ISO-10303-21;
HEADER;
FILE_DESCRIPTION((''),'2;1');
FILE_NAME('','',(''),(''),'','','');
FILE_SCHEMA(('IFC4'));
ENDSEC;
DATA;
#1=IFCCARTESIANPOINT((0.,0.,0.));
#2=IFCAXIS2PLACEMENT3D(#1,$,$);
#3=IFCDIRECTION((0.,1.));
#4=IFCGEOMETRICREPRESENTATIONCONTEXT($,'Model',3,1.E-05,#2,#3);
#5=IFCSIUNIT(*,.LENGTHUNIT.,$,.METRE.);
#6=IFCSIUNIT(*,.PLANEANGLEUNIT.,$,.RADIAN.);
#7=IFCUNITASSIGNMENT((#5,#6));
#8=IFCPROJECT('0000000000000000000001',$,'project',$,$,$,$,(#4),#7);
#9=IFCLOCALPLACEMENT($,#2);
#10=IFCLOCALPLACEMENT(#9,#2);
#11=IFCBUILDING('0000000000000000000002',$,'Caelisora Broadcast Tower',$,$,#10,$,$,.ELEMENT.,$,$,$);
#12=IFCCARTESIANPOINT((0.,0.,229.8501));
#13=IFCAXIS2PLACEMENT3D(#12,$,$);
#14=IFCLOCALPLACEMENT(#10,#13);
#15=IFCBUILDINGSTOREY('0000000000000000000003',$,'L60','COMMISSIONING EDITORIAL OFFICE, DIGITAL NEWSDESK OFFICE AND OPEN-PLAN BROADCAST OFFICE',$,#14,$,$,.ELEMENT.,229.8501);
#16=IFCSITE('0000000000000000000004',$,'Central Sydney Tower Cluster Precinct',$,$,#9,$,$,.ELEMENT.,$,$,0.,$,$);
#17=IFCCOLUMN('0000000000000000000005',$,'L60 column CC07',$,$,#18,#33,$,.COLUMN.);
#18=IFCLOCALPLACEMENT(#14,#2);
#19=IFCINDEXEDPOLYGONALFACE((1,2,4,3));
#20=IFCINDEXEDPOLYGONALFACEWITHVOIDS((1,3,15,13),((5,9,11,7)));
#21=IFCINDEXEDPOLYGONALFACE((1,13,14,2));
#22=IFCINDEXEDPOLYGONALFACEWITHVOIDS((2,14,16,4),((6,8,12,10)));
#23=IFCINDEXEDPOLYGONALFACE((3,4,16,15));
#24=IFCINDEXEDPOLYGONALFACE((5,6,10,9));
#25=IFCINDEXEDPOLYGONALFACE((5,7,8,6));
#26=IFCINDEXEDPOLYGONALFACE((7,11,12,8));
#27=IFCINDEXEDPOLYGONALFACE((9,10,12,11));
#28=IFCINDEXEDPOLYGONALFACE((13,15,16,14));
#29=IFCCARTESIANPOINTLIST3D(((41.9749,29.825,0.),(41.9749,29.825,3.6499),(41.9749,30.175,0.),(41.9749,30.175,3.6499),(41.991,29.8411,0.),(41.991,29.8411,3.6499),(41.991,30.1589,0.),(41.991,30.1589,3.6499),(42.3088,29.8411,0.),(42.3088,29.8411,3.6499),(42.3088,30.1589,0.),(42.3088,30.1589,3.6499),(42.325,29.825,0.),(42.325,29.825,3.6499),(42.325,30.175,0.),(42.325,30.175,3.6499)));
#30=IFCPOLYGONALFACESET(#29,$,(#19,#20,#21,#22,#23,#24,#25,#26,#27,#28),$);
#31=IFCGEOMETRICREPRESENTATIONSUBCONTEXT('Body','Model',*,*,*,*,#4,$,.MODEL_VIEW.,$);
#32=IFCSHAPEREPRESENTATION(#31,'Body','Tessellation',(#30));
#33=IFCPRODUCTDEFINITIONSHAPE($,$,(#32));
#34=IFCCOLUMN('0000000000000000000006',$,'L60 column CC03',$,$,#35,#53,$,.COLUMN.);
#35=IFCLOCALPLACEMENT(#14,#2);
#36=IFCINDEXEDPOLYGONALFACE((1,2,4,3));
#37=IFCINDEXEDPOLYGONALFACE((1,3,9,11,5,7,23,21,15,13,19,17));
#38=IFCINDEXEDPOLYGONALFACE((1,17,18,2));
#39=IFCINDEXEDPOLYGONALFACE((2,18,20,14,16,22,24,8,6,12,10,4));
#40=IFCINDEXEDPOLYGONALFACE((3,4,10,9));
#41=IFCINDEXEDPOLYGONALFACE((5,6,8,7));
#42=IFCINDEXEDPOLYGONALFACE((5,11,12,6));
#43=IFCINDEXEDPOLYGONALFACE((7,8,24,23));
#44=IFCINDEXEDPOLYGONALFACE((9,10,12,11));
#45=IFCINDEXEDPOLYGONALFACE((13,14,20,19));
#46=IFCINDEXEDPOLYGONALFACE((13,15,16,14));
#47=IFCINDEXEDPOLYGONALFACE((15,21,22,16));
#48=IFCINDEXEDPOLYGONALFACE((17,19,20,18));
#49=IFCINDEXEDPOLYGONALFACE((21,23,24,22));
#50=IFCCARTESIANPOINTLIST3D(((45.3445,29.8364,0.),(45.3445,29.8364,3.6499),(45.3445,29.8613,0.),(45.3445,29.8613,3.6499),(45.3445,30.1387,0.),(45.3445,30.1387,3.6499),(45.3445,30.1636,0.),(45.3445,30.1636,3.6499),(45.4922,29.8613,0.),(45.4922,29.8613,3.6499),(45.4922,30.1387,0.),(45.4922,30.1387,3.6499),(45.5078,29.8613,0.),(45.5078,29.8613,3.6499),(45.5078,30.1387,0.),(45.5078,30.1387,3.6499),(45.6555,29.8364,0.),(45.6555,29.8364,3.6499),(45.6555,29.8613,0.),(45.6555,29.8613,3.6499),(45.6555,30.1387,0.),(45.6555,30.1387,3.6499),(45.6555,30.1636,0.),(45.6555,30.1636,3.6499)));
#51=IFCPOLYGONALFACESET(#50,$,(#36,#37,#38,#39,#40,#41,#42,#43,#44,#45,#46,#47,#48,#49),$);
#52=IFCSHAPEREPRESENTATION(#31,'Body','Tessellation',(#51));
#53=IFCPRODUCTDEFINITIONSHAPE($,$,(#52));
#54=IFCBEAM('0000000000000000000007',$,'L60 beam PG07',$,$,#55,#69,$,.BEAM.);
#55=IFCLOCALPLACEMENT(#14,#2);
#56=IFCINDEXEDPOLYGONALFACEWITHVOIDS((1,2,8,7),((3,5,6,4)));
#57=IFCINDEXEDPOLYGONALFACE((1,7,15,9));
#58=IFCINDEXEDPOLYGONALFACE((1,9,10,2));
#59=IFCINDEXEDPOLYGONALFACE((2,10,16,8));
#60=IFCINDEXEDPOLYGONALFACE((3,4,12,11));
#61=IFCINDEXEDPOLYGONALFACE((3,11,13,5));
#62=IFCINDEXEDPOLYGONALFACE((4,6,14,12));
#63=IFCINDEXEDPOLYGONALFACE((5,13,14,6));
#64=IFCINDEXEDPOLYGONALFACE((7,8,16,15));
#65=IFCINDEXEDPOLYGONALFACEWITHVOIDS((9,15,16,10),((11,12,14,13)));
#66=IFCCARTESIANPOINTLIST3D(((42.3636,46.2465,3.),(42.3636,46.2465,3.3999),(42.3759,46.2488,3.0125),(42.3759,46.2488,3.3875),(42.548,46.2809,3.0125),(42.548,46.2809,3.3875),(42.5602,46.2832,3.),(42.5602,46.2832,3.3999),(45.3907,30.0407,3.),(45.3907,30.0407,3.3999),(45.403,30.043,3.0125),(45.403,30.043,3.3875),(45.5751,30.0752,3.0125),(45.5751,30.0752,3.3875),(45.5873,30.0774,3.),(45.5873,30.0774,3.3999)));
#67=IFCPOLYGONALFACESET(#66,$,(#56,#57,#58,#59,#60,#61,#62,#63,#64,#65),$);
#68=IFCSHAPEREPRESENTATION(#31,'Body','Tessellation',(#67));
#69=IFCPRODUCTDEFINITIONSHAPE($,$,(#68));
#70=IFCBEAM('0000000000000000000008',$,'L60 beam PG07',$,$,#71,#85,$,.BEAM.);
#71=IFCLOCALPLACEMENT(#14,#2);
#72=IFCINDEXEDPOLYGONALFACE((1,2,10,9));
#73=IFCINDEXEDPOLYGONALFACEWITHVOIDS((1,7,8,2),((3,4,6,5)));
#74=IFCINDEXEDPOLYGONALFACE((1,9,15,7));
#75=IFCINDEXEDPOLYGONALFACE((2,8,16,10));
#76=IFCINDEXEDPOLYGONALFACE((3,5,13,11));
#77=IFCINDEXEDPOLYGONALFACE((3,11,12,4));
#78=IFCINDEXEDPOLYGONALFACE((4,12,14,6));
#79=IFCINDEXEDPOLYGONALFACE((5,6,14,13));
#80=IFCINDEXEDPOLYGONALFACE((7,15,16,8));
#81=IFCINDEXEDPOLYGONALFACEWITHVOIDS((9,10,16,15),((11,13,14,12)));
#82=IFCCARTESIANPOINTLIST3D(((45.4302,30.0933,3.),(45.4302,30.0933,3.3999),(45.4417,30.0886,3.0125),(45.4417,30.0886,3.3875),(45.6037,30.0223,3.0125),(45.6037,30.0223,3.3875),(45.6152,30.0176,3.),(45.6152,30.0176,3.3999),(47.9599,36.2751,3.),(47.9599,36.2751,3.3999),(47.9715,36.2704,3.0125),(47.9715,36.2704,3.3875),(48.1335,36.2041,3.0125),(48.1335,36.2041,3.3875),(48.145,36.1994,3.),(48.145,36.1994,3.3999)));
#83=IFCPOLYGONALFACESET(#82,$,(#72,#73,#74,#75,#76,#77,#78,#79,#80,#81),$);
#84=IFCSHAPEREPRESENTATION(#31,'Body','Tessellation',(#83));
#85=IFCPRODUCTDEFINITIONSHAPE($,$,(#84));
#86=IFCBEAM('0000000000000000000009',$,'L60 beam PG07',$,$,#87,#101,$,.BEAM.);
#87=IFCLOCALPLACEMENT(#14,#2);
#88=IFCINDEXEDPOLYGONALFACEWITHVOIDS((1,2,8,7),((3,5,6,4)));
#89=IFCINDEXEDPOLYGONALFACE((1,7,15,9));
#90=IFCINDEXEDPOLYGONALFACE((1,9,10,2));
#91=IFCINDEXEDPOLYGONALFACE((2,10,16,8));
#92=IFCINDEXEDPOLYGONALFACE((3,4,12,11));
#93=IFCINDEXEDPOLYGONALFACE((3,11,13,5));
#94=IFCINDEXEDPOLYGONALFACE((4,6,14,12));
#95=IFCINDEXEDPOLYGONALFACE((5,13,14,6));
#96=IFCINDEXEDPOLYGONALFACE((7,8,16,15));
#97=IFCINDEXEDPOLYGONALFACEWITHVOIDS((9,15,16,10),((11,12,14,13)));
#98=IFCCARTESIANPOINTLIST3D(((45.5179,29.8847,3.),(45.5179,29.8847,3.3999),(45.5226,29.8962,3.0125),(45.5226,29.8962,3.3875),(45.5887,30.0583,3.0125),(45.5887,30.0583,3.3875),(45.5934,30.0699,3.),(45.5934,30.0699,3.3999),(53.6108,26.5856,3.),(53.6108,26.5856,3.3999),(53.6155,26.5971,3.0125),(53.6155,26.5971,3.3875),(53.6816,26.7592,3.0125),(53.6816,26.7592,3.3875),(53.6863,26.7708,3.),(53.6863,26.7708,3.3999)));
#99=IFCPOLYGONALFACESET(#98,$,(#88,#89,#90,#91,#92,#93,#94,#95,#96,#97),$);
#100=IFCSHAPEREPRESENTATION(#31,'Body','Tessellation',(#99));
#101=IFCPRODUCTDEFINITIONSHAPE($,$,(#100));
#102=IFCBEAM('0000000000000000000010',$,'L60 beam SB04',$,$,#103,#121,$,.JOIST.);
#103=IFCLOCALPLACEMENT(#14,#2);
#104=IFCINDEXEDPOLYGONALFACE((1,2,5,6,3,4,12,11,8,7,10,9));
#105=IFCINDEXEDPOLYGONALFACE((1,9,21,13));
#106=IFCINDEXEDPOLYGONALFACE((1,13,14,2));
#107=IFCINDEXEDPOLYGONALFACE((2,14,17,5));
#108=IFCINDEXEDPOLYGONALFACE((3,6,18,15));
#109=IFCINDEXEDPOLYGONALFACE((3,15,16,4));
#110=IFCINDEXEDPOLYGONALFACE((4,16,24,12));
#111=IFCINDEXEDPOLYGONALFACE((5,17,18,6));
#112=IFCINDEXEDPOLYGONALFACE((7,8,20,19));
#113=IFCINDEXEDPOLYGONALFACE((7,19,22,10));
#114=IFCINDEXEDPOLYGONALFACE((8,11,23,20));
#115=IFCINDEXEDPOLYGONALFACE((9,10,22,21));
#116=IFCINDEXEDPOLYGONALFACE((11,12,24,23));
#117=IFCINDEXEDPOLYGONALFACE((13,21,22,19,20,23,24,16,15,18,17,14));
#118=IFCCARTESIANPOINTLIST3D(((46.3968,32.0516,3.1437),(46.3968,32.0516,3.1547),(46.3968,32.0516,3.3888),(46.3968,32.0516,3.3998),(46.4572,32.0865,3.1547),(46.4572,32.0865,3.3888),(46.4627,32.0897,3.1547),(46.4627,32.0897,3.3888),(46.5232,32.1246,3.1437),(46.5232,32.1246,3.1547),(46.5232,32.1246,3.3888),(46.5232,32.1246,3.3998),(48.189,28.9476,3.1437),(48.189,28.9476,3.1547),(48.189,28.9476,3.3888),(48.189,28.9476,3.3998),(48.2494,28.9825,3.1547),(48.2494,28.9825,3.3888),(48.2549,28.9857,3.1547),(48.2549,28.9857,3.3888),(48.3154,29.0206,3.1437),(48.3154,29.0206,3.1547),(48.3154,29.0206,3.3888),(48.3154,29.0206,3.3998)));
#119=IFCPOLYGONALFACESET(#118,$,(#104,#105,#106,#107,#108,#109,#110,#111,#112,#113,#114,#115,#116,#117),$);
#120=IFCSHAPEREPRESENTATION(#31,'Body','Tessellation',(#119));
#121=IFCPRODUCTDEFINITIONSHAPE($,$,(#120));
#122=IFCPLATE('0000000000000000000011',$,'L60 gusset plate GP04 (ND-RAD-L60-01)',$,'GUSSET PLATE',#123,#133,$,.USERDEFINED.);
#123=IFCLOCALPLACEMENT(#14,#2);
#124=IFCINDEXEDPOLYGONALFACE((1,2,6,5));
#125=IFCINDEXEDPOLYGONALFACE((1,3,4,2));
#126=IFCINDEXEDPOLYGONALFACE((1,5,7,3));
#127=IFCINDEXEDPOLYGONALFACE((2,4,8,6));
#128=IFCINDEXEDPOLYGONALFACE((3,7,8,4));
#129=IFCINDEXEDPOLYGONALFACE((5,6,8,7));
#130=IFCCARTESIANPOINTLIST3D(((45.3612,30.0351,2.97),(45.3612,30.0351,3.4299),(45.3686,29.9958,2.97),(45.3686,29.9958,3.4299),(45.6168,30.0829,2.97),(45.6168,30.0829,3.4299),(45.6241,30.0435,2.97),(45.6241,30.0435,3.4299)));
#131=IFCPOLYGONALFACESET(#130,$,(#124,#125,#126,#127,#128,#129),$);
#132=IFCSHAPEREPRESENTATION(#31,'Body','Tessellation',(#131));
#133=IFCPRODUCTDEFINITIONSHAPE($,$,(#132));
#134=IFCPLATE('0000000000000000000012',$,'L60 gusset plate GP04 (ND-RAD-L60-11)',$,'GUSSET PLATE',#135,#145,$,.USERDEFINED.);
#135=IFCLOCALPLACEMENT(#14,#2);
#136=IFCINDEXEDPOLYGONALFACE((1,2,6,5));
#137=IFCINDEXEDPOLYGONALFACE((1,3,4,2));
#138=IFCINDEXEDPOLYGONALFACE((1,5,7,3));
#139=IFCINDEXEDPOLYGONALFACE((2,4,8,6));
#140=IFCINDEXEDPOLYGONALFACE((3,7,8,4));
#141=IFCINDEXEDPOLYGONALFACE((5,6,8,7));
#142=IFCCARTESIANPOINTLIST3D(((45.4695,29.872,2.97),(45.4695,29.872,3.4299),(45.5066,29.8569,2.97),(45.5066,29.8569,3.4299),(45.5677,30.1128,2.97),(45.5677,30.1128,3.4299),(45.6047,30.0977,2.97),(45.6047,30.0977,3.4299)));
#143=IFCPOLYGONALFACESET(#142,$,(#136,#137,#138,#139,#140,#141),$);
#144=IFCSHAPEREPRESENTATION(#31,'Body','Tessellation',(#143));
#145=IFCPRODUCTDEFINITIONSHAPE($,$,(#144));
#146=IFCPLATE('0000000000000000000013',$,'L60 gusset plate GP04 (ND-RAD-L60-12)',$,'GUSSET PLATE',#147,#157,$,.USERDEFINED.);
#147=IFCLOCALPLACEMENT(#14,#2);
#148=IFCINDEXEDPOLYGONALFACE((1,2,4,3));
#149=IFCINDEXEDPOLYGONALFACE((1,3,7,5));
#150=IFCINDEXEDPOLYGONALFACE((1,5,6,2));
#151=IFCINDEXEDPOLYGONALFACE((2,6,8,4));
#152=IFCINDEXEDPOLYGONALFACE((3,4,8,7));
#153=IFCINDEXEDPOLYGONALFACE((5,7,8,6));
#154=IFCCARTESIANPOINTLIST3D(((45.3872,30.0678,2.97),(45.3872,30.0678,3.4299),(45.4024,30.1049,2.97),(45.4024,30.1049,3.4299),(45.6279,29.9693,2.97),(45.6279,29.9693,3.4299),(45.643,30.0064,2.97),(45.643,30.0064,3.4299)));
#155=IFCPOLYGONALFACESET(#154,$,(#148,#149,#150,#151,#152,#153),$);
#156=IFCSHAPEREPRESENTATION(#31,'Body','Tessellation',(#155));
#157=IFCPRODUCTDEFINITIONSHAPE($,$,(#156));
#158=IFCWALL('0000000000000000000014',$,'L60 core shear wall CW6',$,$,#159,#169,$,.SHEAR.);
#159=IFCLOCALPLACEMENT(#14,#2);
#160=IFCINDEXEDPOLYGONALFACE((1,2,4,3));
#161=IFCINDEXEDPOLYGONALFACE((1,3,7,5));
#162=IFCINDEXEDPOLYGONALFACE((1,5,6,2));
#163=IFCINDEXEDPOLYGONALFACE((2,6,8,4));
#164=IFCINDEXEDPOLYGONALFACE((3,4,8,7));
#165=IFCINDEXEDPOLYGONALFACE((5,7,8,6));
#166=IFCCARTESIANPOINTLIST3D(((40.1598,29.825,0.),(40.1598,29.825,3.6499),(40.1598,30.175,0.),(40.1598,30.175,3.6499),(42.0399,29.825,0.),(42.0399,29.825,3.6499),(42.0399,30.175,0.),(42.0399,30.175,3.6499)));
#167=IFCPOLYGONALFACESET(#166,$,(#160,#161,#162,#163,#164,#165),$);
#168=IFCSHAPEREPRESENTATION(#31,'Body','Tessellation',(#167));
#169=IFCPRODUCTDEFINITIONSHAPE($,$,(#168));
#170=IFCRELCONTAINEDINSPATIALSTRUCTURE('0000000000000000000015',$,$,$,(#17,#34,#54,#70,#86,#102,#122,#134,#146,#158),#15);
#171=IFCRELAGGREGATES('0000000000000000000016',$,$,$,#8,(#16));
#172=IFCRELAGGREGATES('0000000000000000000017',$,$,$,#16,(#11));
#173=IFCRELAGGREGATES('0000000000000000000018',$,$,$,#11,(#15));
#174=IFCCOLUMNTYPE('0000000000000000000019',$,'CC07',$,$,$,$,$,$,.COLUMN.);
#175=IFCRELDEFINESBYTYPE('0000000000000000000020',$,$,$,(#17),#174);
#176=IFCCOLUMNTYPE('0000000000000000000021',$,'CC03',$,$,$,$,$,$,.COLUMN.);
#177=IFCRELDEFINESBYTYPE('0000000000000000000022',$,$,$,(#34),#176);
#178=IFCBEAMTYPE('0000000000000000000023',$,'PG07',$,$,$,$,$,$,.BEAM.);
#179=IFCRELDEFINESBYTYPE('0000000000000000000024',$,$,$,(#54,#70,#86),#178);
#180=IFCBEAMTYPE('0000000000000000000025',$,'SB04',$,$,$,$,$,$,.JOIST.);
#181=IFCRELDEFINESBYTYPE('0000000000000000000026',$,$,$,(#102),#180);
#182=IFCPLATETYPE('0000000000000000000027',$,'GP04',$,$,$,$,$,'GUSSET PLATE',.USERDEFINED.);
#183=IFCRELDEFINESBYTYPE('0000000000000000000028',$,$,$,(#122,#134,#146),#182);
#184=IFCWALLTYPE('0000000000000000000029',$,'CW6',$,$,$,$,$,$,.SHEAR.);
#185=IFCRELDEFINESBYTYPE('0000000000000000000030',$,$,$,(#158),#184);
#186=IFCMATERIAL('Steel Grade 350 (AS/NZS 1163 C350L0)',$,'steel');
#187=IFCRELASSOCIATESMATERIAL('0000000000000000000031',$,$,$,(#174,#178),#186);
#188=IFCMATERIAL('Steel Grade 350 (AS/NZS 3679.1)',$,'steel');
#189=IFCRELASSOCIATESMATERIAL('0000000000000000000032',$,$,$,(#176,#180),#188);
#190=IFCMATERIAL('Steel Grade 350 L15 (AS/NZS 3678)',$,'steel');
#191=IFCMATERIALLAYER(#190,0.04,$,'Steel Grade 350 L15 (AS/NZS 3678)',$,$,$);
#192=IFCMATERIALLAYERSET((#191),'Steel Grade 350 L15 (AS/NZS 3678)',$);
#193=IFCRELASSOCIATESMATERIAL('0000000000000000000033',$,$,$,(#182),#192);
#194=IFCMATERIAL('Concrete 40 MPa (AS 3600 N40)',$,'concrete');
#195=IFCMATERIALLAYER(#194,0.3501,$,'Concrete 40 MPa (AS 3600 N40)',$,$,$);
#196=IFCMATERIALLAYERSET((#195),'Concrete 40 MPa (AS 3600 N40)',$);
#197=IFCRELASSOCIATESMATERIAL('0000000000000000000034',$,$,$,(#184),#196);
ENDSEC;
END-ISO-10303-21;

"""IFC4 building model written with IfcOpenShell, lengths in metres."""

from ifc_helpers import new_model, si_unit, direction, frame, frame_2d, origin, origin_2d, place, context, subcontext, project, spatial, rectangle, hollow_rectangle, i_section, extrude, source, transform, mapped, material, layer, layer_set, material_profile, profile_set, type_object, type_shapes, element, save


model = new_model("IFC4")

# Units and contexts
model_context = context("Model", 3, precision=1e-05, world=origin(), true_north=direction((0.0, 1.0)))
body_context = subcontext(model_context, "Body", "Model", "MODEL_VIEW")
ifc_project = project(units=[si_unit("LENGTHUNIT", "METRE"), si_unit("PLANEANGLEUNIT", "RADIAN")], contexts=[model_context])

# Site, building, storey
site_placement = place(None, origin())
site = spatial("IfcSite", under=ifc_project, at=site_placement, Name="Central Sydney Tower Cluster Precinct", CompositionType="ELEMENT", RefElevation=0.0)
building_placement = place(site_placement, origin())
building = spatial("IfcBuilding", under=site, at=building_placement, Name="Caelisora Broadcast Tower", CompositionType="ELEMENT")
storey_placement = place(building_placement, frame((0.0, 0.0, 229.8501)))
storey = spatial("IfcBuildingStorey", under=building, at=storey_placement, Name="L60", Description="COMMISSIONING EDITORIAL OFFICE, DIGITAL NEWSDESK OFFICE AND OPEN-PLAN BROADCAST OFFICE", CompositionType="ELEMENT", Elevation=229.8501)

# Columns
ifc_material_1 = material(Name="Steel Grade 350 (AS/NZS 1163 C350L0)", Category="steel")
ifc_material_profile_1 = material_profile(ifc_material_1, hollow_rectangle(XDim=0.3501, YDim=0.3501, WallThickness=0.0161, at=origin_2d()), Name="Steel Grade 350 (AS/NZS 1163 C350L0)")
ifc_profile_set_1 = profile_set([ifc_material_profile_1], Name="Steel Grade 350 (AS/NZS 1163 C350L0)")
column_type_1 = type_object("IfcColumnType", Name="CC07", PredefinedType="COLUMN", material=ifc_profile_set_1)
shared_shape_1 = source(origin(), body_context, "Body", "SweptSolid", [
    extrude(hollow_rectangle(XDim=0.3501, YDim=0.3501, WallThickness=0.0161, at=origin_2d()), origin(), (0.0, 0.0, 1.0), 3.6499),
])
type_shapes(column_type_1, [shared_shape_1])
column_1_placement = place(storey_placement, frame((42.1499, 30.0, 0.0), z_axis=(0.0, 0.0, 1.0), x_axis=(1.0, 0.0, 0.0)))
element("IfcColumn", 1, at=column_1_placement, inside=storey, type_object=column_type_1, Name="L60 column CC07", PredefinedType="COLUMN", context=body_context, shape_type="MappedRepresentation", body=[
    mapped(shared_shape_1, transform((0.0, 0.0, 0.0), scale=1.0)),
])
ifc_material_2 = material(Name="Steel Grade 350 (AS/NZS 3679.1)", Category="steel")
ifc_material_profile_2 = material_profile(ifc_material_2, i_section(OverallWidth=0.311, OverallDepth=0.3271, WebThickness=0.0156, FlangeThickness=0.0249, at=origin_2d()), Name="Steel Grade 350 (AS/NZS 3679.1)")
ifc_profile_set_2 = profile_set([ifc_material_profile_2], Name="Steel Grade 350 (AS/NZS 3679.1)")
column_type_2 = type_object("IfcColumnType", Name="CC03", PredefinedType="COLUMN", material=ifc_profile_set_2)
shared_shape_2 = source(origin(), body_context, "Body", "SweptSolid", [
    extrude(i_section(OverallWidth=0.311, OverallDepth=0.3271, WebThickness=0.0156, FlangeThickness=0.0249, at=origin_2d()), origin(), (0.0, 0.0, 1.0), 3.6499),
])
type_shapes(column_type_2, [shared_shape_2])
column_2_placement = place(storey_placement, frame((45.5, 30.0, 0.0), z_axis=(0.0, 0.0, 1.0), x_axis=(1.0, 0.0, 0.0)))
element("IfcColumn", 2, at=column_2_placement, inside=storey, type_object=column_type_2, Name="L60 column CC03", PredefinedType="COLUMN", context=body_context, shape_type="MappedRepresentation", body=[
    mapped(shared_shape_2, transform((0.0, 0.0, 0.0), scale=1.0)),
])

# Beams
ifc_material_profile_3 = material_profile(ifc_material_1, hollow_rectangle(XDim=0.2, YDim=0.3999, WallThickness=0.0125, at=origin_2d()), Name="Steel Grade 350 (AS/NZS 1163 C350L0)")
ifc_profile_set_3 = profile_set([ifc_material_profile_3], Name="Steel Grade 350 (AS/NZS 1163 C350L0)")
beam_type_1 = type_object("IfcBeamType", Name="PG07", PredefinedType="BEAM", material=ifc_profile_set_3)
shared_shape_3 = source(origin(), body_context, "Body", "SweptSolid", [
    extrude(hollow_rectangle(XDim=0.2, YDim=0.3999, WallThickness=0.0125, at=origin_2d()), origin(), (0.0, 0.0, 1.0), 16.4861),
])
beam_1_placement = place(storey_placement, frame((45.489, 30.0591, 3.2), z_axis=(-0.183615, 0.982998, 0.0), x_axis=(-0.982998, -0.183615, 0.0)))
element("IfcBeam", 3, at=beam_1_placement, inside=storey, type_object=beam_type_1, Name="L60 beam PG07", PredefinedType="BEAM", context=body_context, shape_type="MappedRepresentation", body=[
    mapped(shared_shape_3, transform((0.0, 0.0, 0.0), scale=1.0)),
])
shared_shape_4 = source(origin(), body_context, "Body", "SweptSolid", [
    extrude(hollow_rectangle(XDim=0.2, YDim=0.3999, WallThickness=0.0125, at=origin_2d()), origin(), (0.0, 0.0, 1.0), 6.6794),
])
beam_2_placement = place(storey_placement, frame((45.5227, 30.0554, 3.2), z_axis=(0.37874, 0.925503, 0.0), x_axis=(-0.925503, 0.37874, 0.0)))
element("IfcBeam", 4, at=beam_2_placement, inside=storey, type_object=beam_type_1, Name="L60 beam PG07", PredefinedType="BEAM", context=body_context, shape_type="MappedRepresentation", body=[
    mapped(shared_shape_4, transform((0.0, 0.0, 0.0), scale=1.0)),
])
shared_shape_5 = source(origin(), body_context, "Body", "SweptSolid", [
    extrude(hollow_rectangle(XDim=0.2, YDim=0.3999, WallThickness=0.0125, at=origin_2d()), origin(), (0.0, 0.0, 1.0), 8.7395),
])
type_shapes(beam_type_1, [shared_shape_3, shared_shape_4, shared_shape_5])
beam_3_placement = place(storey_placement, frame((45.5557, 29.9773, 3.2), z_axis=(0.926012, -0.377495, 0.0), x_axis=(0.377495, 0.926012, 0.0)))
element("IfcBeam", 5, at=beam_3_placement, inside=storey, type_object=beam_type_1, Name="L60 beam PG07", PredefinedType="BEAM", context=body_context, shape_type="MappedRepresentation", body=[
    mapped(shared_shape_5, transform((0.0, 0.0, 0.0), scale=1.0)),
])
ifc_material_profile_4 = material_profile(ifc_material_2, i_section(OverallWidth=0.146, OverallDepth=0.2561, WebThickness=0.0063, FlangeThickness=0.011, at=origin_2d()), Name="Steel Grade 350 (AS/NZS 3679.1)")
ifc_profile_set_4 = profile_set([ifc_material_profile_4], Name="Steel Grade 350 (AS/NZS 3679.1)")
beam_type_2 = type_object("IfcBeamType", Name="SB04", PredefinedType="JOIST", material=ifc_profile_set_4)
shared_shape_6 = source(origin(), body_context, "Body", "SweptSolid", [
    extrude(i_section(OverallWidth=0.146, OverallDepth=0.2561, WebThickness=0.0063, FlangeThickness=0.011, at=origin_2d()), origin(), (0.0, 0.0, 1.0), 3.5842),
])
type_shapes(beam_type_2, [shared_shape_6])
beam_4_placement = place(storey_placement, frame((48.2522, 28.9841, 3.2717), z_axis=(-0.500029, 0.866009, 0.0), x_axis=(-0.866009, -0.500029, 0.0)))
element("IfcBeam", 6, at=beam_4_placement, inside=storey, type_object=beam_type_2, Name="L60 beam SB04", PredefinedType="JOIST", context=body_context, shape_type="MappedRepresentation", body=[
    mapped(shared_shape_6, transform((0.0, 0.0, 0.0), scale=1.0)),
])

# Plates
ifc_material_3 = material(Name="Steel Grade 350 L15 (AS/NZS 3678)", Category="steel")
ifc_layer_1 = layer(ifc_material_3, 0.04, Name="Steel Grade 350 L15 (AS/NZS 3678)")
ifc_layer_set_1 = layer_set([ifc_layer_1], Name="Steel Grade 350 L15 (AS/NZS 3678)")
plate_type = type_object("IfcPlateType", Name="GP04", ElementType="GUSSET PLATE", PredefinedType="USERDEFINED", material=ifc_layer_set_1)
shared_shape_7 = source(origin(), body_context, "Body", "SweptSolid", [
    extrude(rectangle(XDim=0.26, YDim=0.04, at=origin_2d()), origin(), (0.0, 0.0, 1.0), 0.46),
])
type_shapes(plate_type, [shared_shape_7])
for number, where, z_axis, x_axis, name in (
    (7, (45.4927, 30.0393, 2.97), (0.0, 0.0, 1.0), (-0.983, -0.183608, 0.0), "L60 gusset plate GP04 (ND-RAD-L60-01)"),
    (8, (45.5371, 29.9849, 2.97), (0.0, 0.0, 1.0), (0.377518, 0.926002, 0.0), "L60 gusset plate GP04 (ND-RAD-L60-11)"),
    (9, (45.5151, 30.0371, 2.97), (0.0, 0.0, 1.0), (-0.925474, 0.37881, 0.0), "L60 gusset plate GP04 (ND-RAD-L60-12)"),
):
    element("IfcPlate", number, at=place(storey_placement, frame(where, z_axis=z_axis, x_axis=x_axis)), inside=storey, type_object=plate_type, Name=name, ObjectType="GUSSET PLATE", PredefinedType="USERDEFINED", context=body_context, shape_type="MappedRepresentation", body=[
        mapped(shared_shape_7, transform((0.0, 0.0, 0.0), scale=1.0)),
    ])

# Wall
ifc_material_4 = material(Name="Concrete 40 MPa (AS 3600 N40)", Category="concrete")
ifc_layer_2 = layer(ifc_material_4, 0.3501, Name="Concrete 40 MPa (AS 3600 N40)")
ifc_layer_set_2 = layer_set([ifc_layer_2], Name="Concrete 40 MPa (AS 3600 N40)")
wall_type_1 = type_object("IfcWallType", Name="CW6", PredefinedType="SHEAR", material=ifc_layer_set_2)
wall_1_placement = place(storey_placement, frame((40.1599, 30.0, 0.0), z_axis=(0.0, 0.0, 1.0), x_axis=(1.0, 0.0, 0.0)))
element("IfcWall", 10, at=wall_1_placement, inside=storey, type_object=wall_type_1, Name="L60 core shear wall CW6", PredefinedType="SHEAR", context=body_context, shape_type="SweptSolid", body=[
    extrude(rectangle(XDim=1.8801, YDim=0.3501, at=frame_2d((0.9399, 0.0))), origin(), (0.0, 0.0, 1.0), 3.6499),
])

save(model, "model.ifc")
